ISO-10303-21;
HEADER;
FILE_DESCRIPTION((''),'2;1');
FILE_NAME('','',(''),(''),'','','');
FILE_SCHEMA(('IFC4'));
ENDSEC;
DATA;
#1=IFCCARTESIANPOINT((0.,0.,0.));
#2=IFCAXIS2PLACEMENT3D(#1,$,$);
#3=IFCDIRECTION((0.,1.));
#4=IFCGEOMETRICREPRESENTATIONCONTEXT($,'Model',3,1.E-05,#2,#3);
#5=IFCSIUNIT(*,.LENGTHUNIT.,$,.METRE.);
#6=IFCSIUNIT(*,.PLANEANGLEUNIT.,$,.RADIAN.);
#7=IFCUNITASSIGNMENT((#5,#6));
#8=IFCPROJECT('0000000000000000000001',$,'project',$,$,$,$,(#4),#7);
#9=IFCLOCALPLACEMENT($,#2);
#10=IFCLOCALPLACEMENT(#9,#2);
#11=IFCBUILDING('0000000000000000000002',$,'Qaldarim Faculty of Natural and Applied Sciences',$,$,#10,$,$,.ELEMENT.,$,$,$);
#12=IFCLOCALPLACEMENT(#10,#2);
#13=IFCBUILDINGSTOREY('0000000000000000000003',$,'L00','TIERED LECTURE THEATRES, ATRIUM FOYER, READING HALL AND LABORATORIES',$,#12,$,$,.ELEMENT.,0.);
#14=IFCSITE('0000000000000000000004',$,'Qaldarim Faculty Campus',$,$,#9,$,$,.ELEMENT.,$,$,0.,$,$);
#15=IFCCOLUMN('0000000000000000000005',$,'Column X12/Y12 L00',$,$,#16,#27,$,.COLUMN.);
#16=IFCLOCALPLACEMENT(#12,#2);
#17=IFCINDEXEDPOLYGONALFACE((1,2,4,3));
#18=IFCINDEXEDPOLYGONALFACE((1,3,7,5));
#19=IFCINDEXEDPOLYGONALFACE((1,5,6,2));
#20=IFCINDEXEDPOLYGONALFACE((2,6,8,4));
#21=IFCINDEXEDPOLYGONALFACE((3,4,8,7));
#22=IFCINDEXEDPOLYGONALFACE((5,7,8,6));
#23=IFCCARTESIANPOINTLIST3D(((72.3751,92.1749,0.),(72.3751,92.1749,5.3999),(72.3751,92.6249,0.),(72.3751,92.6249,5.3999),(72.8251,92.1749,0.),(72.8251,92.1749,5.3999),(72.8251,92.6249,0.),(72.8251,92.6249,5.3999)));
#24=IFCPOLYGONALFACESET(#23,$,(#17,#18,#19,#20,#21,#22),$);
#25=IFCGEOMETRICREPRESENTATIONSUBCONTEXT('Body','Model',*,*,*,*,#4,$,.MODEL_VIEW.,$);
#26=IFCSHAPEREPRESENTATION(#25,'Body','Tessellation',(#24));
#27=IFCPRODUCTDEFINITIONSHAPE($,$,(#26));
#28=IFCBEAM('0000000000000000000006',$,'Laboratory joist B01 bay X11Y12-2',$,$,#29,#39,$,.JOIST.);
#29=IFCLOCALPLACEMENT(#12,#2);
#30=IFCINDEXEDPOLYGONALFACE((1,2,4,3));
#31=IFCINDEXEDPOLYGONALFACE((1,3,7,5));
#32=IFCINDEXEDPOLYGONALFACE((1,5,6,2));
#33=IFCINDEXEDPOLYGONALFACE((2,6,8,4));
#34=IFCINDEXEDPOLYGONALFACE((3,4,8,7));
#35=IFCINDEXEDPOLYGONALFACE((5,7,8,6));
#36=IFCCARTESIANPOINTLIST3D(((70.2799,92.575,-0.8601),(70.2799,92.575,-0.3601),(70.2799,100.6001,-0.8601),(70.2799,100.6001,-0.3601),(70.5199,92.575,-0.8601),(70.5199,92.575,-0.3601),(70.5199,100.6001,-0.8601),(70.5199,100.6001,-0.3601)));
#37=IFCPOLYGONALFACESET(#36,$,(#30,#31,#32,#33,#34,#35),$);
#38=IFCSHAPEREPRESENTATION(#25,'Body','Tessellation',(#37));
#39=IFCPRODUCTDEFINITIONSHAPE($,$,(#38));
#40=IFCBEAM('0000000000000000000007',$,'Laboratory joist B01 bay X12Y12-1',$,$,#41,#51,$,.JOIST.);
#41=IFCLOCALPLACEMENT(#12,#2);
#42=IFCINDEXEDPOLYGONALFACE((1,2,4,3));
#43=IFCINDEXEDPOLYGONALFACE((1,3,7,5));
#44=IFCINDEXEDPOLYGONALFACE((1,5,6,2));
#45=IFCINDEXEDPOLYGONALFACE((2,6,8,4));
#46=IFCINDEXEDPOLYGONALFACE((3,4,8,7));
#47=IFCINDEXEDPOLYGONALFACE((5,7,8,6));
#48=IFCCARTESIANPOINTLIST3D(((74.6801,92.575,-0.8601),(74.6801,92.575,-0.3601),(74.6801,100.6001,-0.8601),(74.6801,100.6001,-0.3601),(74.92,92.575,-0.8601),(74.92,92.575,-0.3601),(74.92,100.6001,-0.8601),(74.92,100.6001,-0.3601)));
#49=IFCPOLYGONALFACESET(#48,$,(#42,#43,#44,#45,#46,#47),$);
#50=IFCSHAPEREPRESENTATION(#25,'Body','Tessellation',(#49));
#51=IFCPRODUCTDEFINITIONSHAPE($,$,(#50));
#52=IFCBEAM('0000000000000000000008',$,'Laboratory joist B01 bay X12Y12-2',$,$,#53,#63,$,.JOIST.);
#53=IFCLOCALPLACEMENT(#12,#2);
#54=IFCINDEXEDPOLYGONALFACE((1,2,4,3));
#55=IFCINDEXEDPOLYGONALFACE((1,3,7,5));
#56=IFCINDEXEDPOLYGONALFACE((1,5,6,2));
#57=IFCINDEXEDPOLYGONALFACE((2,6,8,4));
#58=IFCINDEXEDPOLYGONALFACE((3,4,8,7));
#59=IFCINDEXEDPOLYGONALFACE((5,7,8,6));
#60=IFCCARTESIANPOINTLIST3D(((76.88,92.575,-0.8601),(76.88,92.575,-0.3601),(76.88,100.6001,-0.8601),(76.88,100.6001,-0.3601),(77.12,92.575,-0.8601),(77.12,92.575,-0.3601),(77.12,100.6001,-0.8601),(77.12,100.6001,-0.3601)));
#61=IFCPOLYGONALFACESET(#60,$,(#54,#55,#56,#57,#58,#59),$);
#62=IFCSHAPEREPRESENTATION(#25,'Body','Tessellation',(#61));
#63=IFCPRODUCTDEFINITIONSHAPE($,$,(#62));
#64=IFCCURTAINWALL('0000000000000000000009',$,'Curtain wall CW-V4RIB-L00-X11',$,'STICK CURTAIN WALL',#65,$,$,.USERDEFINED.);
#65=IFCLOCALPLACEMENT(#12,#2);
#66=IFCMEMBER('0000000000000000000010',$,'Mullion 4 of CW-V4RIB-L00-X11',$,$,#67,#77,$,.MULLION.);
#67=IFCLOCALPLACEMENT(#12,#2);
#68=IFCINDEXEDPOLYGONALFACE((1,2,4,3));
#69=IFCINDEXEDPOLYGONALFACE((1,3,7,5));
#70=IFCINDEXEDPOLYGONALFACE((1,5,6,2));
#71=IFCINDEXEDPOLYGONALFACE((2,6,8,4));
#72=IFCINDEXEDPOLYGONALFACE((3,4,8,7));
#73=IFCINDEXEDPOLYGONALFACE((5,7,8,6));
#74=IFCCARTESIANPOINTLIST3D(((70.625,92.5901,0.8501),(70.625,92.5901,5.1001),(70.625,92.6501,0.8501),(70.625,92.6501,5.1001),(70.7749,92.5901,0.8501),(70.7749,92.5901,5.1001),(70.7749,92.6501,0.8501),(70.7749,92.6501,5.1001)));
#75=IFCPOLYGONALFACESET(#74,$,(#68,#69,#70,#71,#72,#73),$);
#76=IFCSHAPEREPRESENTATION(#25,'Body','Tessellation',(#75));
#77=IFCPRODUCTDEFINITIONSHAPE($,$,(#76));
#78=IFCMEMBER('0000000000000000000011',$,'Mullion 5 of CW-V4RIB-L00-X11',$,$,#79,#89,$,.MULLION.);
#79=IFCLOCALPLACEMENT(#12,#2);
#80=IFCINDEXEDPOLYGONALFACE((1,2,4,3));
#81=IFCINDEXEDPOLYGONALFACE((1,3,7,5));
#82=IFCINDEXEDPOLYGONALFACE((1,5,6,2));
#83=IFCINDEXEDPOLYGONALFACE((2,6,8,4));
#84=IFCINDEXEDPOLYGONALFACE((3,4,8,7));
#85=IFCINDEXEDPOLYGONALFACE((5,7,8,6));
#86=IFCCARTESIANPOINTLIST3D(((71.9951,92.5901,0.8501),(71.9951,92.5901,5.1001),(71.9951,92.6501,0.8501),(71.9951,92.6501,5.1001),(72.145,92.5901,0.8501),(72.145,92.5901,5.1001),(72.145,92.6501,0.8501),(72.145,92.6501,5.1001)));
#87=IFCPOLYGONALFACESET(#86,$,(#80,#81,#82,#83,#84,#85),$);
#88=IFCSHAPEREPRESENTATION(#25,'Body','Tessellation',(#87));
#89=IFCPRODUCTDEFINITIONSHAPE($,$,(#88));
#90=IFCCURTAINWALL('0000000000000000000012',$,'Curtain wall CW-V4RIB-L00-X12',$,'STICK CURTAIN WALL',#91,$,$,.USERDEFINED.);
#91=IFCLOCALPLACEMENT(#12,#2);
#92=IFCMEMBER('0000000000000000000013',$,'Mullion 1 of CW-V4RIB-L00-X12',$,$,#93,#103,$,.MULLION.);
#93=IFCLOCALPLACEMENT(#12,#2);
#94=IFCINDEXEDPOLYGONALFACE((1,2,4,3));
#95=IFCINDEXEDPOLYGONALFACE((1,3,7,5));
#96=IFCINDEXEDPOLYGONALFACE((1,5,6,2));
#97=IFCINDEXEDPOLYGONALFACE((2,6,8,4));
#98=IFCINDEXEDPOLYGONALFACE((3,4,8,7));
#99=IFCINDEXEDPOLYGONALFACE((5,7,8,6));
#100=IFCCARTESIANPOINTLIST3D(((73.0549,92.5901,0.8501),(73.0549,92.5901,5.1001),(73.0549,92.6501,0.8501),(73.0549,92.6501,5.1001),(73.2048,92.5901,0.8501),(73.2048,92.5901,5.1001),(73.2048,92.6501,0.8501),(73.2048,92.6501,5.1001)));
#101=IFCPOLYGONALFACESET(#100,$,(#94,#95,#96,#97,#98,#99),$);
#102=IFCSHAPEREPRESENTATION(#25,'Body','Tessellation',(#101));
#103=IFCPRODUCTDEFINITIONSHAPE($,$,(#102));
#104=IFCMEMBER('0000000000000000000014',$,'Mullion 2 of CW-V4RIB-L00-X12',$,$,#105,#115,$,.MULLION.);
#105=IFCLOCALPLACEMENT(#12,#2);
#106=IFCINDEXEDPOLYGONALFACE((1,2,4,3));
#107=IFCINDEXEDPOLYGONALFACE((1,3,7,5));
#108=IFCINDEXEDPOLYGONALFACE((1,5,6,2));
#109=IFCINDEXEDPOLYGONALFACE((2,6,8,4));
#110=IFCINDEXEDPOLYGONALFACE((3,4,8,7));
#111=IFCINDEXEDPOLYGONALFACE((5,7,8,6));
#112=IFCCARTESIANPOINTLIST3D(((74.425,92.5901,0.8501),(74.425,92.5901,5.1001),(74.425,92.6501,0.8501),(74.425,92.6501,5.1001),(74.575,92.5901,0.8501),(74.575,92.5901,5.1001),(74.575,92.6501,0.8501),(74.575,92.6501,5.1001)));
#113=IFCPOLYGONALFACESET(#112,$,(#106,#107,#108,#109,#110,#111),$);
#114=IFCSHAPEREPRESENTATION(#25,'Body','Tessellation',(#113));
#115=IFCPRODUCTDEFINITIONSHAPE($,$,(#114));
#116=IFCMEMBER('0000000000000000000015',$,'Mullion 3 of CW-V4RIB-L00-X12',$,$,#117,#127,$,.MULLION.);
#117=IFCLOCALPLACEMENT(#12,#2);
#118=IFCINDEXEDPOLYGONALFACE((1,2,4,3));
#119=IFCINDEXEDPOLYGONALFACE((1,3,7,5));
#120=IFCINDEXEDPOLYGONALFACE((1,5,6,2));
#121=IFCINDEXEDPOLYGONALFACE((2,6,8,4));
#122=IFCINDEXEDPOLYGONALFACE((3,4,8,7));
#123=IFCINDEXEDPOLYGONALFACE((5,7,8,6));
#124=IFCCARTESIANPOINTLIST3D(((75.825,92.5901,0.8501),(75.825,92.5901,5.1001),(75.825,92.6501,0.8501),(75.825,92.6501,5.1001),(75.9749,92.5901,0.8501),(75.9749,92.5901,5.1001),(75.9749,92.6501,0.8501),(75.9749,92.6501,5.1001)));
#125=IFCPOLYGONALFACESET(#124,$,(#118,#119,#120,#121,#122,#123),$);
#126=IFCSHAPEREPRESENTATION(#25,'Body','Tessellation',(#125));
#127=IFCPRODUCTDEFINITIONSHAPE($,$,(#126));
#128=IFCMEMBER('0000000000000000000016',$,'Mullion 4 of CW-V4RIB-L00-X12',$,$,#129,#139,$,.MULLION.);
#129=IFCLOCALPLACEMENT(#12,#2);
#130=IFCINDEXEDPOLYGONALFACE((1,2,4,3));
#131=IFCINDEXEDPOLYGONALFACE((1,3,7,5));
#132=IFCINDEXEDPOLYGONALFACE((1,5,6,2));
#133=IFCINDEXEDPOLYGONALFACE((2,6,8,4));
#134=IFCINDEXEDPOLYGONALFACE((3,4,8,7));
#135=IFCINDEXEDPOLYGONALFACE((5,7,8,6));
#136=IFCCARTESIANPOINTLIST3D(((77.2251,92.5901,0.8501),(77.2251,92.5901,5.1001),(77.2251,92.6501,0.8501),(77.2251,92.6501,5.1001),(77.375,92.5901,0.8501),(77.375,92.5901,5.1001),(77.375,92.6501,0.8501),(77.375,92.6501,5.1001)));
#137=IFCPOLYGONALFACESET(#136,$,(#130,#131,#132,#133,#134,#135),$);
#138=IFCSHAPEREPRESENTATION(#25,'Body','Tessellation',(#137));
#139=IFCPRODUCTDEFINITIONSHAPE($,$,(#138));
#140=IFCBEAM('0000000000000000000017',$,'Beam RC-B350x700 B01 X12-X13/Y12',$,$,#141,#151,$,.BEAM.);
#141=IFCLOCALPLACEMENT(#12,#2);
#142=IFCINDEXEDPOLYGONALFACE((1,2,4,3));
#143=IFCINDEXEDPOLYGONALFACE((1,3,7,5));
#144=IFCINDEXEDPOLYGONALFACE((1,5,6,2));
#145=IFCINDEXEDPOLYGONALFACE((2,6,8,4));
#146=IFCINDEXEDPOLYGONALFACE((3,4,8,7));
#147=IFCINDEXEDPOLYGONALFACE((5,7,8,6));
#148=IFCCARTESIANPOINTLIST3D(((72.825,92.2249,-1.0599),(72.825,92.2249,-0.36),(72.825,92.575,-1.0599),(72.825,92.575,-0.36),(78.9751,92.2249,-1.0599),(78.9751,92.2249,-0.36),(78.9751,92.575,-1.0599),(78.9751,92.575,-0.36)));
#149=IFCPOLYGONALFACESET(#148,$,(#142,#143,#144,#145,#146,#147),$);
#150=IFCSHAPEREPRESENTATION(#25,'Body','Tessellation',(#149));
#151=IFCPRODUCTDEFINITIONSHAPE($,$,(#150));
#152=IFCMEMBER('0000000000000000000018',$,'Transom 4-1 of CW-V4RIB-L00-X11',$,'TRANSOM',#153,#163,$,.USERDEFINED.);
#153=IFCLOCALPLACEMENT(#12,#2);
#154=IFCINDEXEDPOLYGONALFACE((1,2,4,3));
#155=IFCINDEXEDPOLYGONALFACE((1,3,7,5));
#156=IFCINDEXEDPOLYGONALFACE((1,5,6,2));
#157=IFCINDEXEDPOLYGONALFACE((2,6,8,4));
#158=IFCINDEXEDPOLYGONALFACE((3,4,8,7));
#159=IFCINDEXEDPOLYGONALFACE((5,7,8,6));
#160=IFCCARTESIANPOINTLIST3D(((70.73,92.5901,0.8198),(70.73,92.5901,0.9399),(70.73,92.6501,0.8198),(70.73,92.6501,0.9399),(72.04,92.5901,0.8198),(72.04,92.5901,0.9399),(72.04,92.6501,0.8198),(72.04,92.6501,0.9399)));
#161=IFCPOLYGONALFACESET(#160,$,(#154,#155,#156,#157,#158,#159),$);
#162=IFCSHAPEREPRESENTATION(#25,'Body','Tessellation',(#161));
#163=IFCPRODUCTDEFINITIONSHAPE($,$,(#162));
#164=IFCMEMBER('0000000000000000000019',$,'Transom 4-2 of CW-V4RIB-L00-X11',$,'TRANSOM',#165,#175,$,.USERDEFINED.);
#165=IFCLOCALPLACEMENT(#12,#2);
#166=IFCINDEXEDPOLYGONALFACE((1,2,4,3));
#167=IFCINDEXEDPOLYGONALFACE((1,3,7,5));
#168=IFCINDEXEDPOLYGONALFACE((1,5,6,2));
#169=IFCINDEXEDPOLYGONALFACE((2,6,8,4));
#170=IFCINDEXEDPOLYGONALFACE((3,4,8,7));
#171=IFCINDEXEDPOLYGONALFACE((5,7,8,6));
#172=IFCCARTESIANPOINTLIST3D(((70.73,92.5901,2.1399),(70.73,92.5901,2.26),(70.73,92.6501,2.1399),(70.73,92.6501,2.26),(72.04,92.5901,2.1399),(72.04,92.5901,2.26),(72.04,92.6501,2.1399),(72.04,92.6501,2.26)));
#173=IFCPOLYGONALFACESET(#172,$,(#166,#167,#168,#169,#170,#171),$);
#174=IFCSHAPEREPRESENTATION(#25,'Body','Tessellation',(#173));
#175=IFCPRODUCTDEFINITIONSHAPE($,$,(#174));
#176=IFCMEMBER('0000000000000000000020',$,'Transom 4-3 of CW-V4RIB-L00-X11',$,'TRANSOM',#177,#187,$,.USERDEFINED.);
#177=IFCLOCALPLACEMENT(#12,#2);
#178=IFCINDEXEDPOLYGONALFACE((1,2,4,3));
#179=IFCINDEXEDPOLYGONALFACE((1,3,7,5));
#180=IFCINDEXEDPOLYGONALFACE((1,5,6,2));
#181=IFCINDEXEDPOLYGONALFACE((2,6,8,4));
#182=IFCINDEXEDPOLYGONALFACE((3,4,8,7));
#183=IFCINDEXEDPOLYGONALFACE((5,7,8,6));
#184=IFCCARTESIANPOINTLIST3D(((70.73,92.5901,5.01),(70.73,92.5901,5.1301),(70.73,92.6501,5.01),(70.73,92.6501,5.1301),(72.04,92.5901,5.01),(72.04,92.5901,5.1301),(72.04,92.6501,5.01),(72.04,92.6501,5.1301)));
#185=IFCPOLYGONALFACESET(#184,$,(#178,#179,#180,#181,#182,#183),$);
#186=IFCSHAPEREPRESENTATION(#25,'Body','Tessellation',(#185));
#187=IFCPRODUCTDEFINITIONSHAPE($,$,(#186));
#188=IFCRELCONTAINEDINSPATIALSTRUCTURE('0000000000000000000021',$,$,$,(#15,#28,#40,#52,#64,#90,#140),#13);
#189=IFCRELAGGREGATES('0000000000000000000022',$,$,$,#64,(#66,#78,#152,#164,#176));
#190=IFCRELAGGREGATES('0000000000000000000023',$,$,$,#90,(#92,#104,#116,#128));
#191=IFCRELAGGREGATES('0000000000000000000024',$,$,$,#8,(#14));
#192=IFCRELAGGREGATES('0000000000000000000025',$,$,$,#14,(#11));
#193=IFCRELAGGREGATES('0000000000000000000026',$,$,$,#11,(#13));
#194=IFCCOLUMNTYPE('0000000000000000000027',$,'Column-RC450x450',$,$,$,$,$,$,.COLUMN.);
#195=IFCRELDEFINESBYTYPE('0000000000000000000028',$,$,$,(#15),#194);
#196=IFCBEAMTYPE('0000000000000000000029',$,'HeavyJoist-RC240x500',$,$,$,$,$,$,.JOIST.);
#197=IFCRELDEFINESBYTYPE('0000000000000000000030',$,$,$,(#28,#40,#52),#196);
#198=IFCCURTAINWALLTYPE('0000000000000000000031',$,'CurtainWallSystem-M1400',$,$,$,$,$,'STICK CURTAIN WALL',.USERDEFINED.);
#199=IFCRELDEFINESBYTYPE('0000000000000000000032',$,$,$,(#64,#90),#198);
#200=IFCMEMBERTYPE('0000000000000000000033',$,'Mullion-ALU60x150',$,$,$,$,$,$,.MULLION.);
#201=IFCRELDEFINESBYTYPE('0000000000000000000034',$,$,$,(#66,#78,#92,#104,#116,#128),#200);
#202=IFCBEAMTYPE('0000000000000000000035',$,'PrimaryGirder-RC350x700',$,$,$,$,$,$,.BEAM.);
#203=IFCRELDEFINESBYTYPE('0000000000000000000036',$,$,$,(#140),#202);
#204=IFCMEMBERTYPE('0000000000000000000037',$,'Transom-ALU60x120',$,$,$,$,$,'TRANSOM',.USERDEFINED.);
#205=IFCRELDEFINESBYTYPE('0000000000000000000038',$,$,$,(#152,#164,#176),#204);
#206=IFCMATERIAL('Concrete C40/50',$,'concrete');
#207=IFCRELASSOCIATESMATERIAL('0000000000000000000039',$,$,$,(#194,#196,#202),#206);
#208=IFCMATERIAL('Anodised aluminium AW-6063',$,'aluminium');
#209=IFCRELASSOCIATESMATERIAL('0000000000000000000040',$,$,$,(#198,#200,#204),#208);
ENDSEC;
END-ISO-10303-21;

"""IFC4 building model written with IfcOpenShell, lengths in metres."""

from ifc_helpers import new_model, si_unit, direction, frame, origin, origin_2d, place, context, subcontext, project, spatial, rectangle, extrude, material, material_profile, profile_set, type_object, element, aggregate, save


model = new_model("IFC4")

# Units and contexts
model_context = context("Model", 3, precision=1e-05, world=origin(), true_north=direction((0.0, 1.0)))
body_context = subcontext(model_context, "Body", "Model", "MODEL_VIEW")
ifc_project = project(units=[si_unit("LENGTHUNIT", "METRE"), si_unit("PLANEANGLEUNIT", "RADIAN")], contexts=[model_context])

# Site, building, storey
site_placement = place(None, origin())
site = spatial("IfcSite", under=ifc_project, at=site_placement, Name="Qaldarim Faculty Campus", CompositionType="ELEMENT", RefElevation=0.0)
building_placement = place(site_placement, origin())
building = spatial("IfcBuilding", under=site, at=building_placement, Name="Qaldarim Faculty of Natural and Applied Sciences", CompositionType="ELEMENT")
storey_placement = place(building_placement, origin())
storey = spatial("IfcBuildingStorey", under=building, at=storey_placement, Name="L00", Description="TIERED LECTURE THEATRES, ATRIUM FOYER, READING HALL AND LABORATORIES", CompositionType="ELEMENT", Elevation=0.0)

# Column
ifc_material_1 = material(Name="Concrete C40/50", Category="concrete")
ifc_material_profile_1 = material_profile(ifc_material_1, rectangle(XDim=0.45, YDim=0.45, at=origin_2d()), Name="RC-C450x450")
ifc_profile_set_1 = profile_set([ifc_material_profile_1], Name="Concrete C40/50")
column_type = type_object("IfcColumnType", Name="Column-RC450x450", PredefinedType="COLUMN", material=ifc_profile_set_1)
column_placement = place(storey_placement, frame((72.6001, 92.3999, 0.0), z_axis=(0.0, 0.0, 1.0), x_axis=(1.0, 0.0, 0.0)))
element("IfcColumn", 1, at=column_placement, inside=storey, type_object=column_type, Name="Column X12/Y12 L00", PredefinedType="COLUMN", context=body_context, shape_type="SweptSolid", body=[
    extrude(rectangle(XDim=0.45, YDim=0.45, at=origin_2d()), origin(), (0.0, 0.0, 1.0), 5.3999),
])

# Beams
ifc_material_profile_2 = material_profile(ifc_material_1, rectangle(XDim=0.24, YDim=0.5, at=origin_2d()), Name="RC-J240x500")
ifc_profile_set_2 = profile_set([ifc_material_profile_2], Name="Concrete C40/50")
beam_type_1 = type_object("IfcBeamType", Name="HeavyJoist-RC240x500", PredefinedType="JOIST", material=ifc_profile_set_2)
for number, where, z_axis, x_axis, name in (
    (2, (70.3999, 92.575, -0.6101), (0.0, 1.0, 0.0), (-1.0, 0.0, 0.0), "Laboratory joist B01 bay X11Y12-2"),
    (3, (74.8, 92.575, -0.6101), (0.0, 1.0, 0.0), (-1.0, 0.0, 0.0), "Laboratory joist B01 bay X12Y12-1"),
    (4, (77.0, 92.575, -0.6101), (0.0, 1.0, 0.0), (-1.0, 0.0, 0.0), "Laboratory joist B01 bay X12Y12-2"),
):
    element("IfcBeam", number, at=place(storey_placement, frame(where, z_axis=z_axis, x_axis=x_axis)), inside=storey, type_object=beam_type_1, Name=name, PredefinedType="JOIST", context=body_context, shape_type="SweptSolid", body=[
        extrude(rectangle(XDim=0.24, YDim=0.5, at=origin_2d()), origin(), (0.0, 0.0, 1.0), 8.0251),
    ])

# Curtain walls, members
ifc_material_2 = material(Name="Anodised aluminium AW-6063", Category="aluminium")
curtain_wall_type = type_object("IfcCurtainWallType", Name="CurtainWallSystem-M1400", ElementType="STICK CURTAIN WALL", PredefinedType="USERDEFINED", material=ifc_material_2)
curtain_wall_1_placement = place(storey_placement, origin())
curtain_wall_1 = element("IfcCurtainWall", 5, at=curtain_wall_1_placement, inside=storey, type_object=curtain_wall_type, Name="Curtain wall CW-V4RIB-L00-X11", ObjectType="STICK CURTAIN WALL", PredefinedType="USERDEFINED")
ifc_material_profile_3 = material_profile(ifc_material_2, rectangle(XDim=0.0601, YDim=0.1499, at=origin_2d()), Name="ALU-M60x150")
ifc_profile_set_3 = profile_set([ifc_material_profile_3], Name="Anodised aluminium AW-6063")
member_type_1 = type_object("IfcMemberType", Name="Mullion-ALU60x150", PredefinedType="MULLION", material=ifc_profile_set_3)
member_1_placement = place(storey_placement, frame((70.7, 92.6201, 0.8501), z_axis=(0.0, 0.0, 1.0), x_axis=(0.0, 1.0, 0.0)))
member_1 = element("IfcMember", 6, at=member_1_placement, type_object=member_type_1, Name="Mullion 4 of CW-V4RIB-L00-X11", PredefinedType="MULLION", context=body_context, shape_type="SweptSolid", body=[
    extrude(rectangle(XDim=0.0601, YDim=0.1499, at=origin_2d()), origin(), (0.0, 0.0, 1.0), 4.25),
])
member_2_placement = place(storey_placement, frame((72.0701, 92.6201, 0.8501), z_axis=(0.0, 0.0, 1.0), x_axis=(0.0, 1.0, 0.0)))
member_2 = element("IfcMember", 7, at=member_2_placement, type_object=member_type_1, Name="Mullion 5 of CW-V4RIB-L00-X11", PredefinedType="MULLION", context=body_context, shape_type="SweptSolid", body=[
    extrude(rectangle(XDim=0.0601, YDim=0.1499, at=origin_2d()), origin(), (0.0, 0.0, 1.0), 4.25),
])
curtain_wall_2_placement = place(storey_placement, origin())
curtain_wall_2 = element("IfcCurtainWall", 8, at=curtain_wall_2_placement, inside=storey, type_object=curtain_wall_type, Name="Curtain wall CW-V4RIB-L00-X12", ObjectType="STICK CURTAIN WALL", PredefinedType="USERDEFINED")
member_3_placement = place(storey_placement, frame((73.1299, 92.6201, 0.8501), z_axis=(0.0, 0.0, 1.0), x_axis=(0.0, 1.0, 0.0)))
member_3 = element("IfcMember", 9, at=member_3_placement, type_object=member_type_1, Name="Mullion 1 of CW-V4RIB-L00-X12", PredefinedType="MULLION", context=body_context, shape_type="SweptSolid", body=[
    extrude(rectangle(XDim=0.0601, YDim=0.1499, at=origin_2d()), origin(), (0.0, 0.0, 1.0), 4.25),
])
member_4_placement = place(storey_placement, frame((74.5, 92.6201, 0.8501), z_axis=(0.0, 0.0, 1.0), x_axis=(0.0, 1.0, 0.0)))
member_4 = element("IfcMember", 10, at=member_4_placement, type_object=member_type_1, Name="Mullion 2 of CW-V4RIB-L00-X12", PredefinedType="MULLION", context=body_context, shape_type="SweptSolid", body=[
    extrude(rectangle(XDim=0.0601, YDim=0.1499, at=origin_2d()), origin(), (0.0, 0.0, 1.0), 4.25),
])
member_5_placement = place(storey_placement, frame((75.8999, 92.6201, 0.8501), z_axis=(0.0, 0.0, 1.0), x_axis=(0.0, 1.0, 0.0)))
member_5 = element("IfcMember", 11, at=member_5_placement, type_object=member_type_1, Name="Mullion 3 of CW-V4RIB-L00-X12", PredefinedType="MULLION", context=body_context, shape_type="SweptSolid", body=[
    extrude(rectangle(XDim=0.0601, YDim=0.1499, at=origin_2d()), origin(), (0.0, 0.0, 1.0), 4.25),
])
member_6_placement = place(storey_placement, frame((77.3, 92.6201, 0.8501), z_axis=(0.0, 0.0, 1.0), x_axis=(0.0, 1.0, 0.0)))
member_6 = element("IfcMember", 12, at=member_6_placement, type_object=member_type_1, Name="Mullion 4 of CW-V4RIB-L00-X12", PredefinedType="MULLION", context=body_context, shape_type="SweptSolid", body=[
    extrude(rectangle(XDim=0.0601, YDim=0.1499, at=origin_2d()), origin(), (0.0, 0.0, 1.0), 4.25),
])

# Beam
ifc_material_profile_4 = material_profile(ifc_material_1, rectangle(XDim=0.3501, YDim=0.7, at=origin_2d()), Name="RC-B350x700")
ifc_profile_set_4 = profile_set([ifc_material_profile_4], Name="Concrete C40/50")
beam_type_2 = type_object("IfcBeamType", Name="PrimaryGirder-RC350x700", PredefinedType="BEAM", material=ifc_profile_set_4)
beam_placement = place(storey_placement, frame((72.825, 92.3999, -0.71), z_axis=(1.0, 0.0, 0.0), x_axis=(0.0, 1.0, 0.0)))
element("IfcBeam", 13, at=beam_placement, inside=storey, type_object=beam_type_2, Name="Beam RC-B350x700 B01 X12-X13/Y12", PredefinedType="BEAM", context=body_context, shape_type="SweptSolid", body=[
    extrude(rectangle(XDim=0.3501, YDim=0.7, at=origin_2d()), origin(), (0.0, 0.0, 1.0), 6.1501),
])

# Members
ifc_material_profile_5 = material_profile(ifc_material_2, rectangle(XDim=0.0601, YDim=0.1201, at=origin_2d()), Name="ALU-T60x120")
ifc_profile_set_5 = profile_set([ifc_material_profile_5], Name="Anodised aluminium AW-6063")
member_type_2 = type_object("IfcMemberType", Name="Transom-ALU60x120", ElementType="TRANSOM", PredefinedType="USERDEFINED", material=ifc_profile_set_5)
member_7_placement = place(storey_placement, frame((70.73, 92.6201, 0.8799), z_axis=(1.0, 0.0, 0.0), x_axis=(0.0, 1.0, 0.0)))
member_7 = element("IfcMember", 14, at=member_7_placement, type_object=member_type_2, Name="Transom 4-1 of CW-V4RIB-L00-X11", ObjectType="TRANSOM", PredefinedType="USERDEFINED", context=body_context, shape_type="SweptSolid", body=[
    extrude(rectangle(XDim=0.0601, YDim=0.1201, at=origin_2d()), origin(), (0.0, 0.0, 1.0), 1.3101),
])
member_8_placement = place(storey_placement, frame((70.73, 92.6201, 2.2), z_axis=(1.0, 0.0, 0.0), x_axis=(0.0, 1.0, 0.0)))
member_8 = element("IfcMember", 15, at=member_8_placement, type_object=member_type_2, Name="Transom 4-2 of CW-V4RIB-L00-X11", ObjectType="TRANSOM", PredefinedType="USERDEFINED", context=body_context, shape_type="SweptSolid", body=[
    extrude(rectangle(XDim=0.0601, YDim=0.1201, at=origin_2d()), origin(), (0.0, 0.0, 1.0), 1.3101),
])
member_9_placement = place(storey_placement, frame((70.73, 92.6201, 5.0701), z_axis=(1.0, 0.0, 0.0), x_axis=(0.0, 1.0, 0.0)))
member_9 = element("IfcMember", 16, at=member_9_placement, type_object=member_type_2, Name="Transom 4-3 of CW-V4RIB-L00-X11", ObjectType="TRANSOM", PredefinedType="USERDEFINED", context=body_context, shape_type="SweptSolid", body=[
    extrude(rectangle(XDim=0.0601, YDim=0.1201, at=origin_2d()), origin(), (0.0, 0.0, 1.0), 1.3101),
])

aggregate(curtain_wall_1, [member_1, member_2, member_7, member_8, member_9])
aggregate(curtain_wall_2, [member_3, member_4, member_5, member_6])

save(model, "model.ifc")
